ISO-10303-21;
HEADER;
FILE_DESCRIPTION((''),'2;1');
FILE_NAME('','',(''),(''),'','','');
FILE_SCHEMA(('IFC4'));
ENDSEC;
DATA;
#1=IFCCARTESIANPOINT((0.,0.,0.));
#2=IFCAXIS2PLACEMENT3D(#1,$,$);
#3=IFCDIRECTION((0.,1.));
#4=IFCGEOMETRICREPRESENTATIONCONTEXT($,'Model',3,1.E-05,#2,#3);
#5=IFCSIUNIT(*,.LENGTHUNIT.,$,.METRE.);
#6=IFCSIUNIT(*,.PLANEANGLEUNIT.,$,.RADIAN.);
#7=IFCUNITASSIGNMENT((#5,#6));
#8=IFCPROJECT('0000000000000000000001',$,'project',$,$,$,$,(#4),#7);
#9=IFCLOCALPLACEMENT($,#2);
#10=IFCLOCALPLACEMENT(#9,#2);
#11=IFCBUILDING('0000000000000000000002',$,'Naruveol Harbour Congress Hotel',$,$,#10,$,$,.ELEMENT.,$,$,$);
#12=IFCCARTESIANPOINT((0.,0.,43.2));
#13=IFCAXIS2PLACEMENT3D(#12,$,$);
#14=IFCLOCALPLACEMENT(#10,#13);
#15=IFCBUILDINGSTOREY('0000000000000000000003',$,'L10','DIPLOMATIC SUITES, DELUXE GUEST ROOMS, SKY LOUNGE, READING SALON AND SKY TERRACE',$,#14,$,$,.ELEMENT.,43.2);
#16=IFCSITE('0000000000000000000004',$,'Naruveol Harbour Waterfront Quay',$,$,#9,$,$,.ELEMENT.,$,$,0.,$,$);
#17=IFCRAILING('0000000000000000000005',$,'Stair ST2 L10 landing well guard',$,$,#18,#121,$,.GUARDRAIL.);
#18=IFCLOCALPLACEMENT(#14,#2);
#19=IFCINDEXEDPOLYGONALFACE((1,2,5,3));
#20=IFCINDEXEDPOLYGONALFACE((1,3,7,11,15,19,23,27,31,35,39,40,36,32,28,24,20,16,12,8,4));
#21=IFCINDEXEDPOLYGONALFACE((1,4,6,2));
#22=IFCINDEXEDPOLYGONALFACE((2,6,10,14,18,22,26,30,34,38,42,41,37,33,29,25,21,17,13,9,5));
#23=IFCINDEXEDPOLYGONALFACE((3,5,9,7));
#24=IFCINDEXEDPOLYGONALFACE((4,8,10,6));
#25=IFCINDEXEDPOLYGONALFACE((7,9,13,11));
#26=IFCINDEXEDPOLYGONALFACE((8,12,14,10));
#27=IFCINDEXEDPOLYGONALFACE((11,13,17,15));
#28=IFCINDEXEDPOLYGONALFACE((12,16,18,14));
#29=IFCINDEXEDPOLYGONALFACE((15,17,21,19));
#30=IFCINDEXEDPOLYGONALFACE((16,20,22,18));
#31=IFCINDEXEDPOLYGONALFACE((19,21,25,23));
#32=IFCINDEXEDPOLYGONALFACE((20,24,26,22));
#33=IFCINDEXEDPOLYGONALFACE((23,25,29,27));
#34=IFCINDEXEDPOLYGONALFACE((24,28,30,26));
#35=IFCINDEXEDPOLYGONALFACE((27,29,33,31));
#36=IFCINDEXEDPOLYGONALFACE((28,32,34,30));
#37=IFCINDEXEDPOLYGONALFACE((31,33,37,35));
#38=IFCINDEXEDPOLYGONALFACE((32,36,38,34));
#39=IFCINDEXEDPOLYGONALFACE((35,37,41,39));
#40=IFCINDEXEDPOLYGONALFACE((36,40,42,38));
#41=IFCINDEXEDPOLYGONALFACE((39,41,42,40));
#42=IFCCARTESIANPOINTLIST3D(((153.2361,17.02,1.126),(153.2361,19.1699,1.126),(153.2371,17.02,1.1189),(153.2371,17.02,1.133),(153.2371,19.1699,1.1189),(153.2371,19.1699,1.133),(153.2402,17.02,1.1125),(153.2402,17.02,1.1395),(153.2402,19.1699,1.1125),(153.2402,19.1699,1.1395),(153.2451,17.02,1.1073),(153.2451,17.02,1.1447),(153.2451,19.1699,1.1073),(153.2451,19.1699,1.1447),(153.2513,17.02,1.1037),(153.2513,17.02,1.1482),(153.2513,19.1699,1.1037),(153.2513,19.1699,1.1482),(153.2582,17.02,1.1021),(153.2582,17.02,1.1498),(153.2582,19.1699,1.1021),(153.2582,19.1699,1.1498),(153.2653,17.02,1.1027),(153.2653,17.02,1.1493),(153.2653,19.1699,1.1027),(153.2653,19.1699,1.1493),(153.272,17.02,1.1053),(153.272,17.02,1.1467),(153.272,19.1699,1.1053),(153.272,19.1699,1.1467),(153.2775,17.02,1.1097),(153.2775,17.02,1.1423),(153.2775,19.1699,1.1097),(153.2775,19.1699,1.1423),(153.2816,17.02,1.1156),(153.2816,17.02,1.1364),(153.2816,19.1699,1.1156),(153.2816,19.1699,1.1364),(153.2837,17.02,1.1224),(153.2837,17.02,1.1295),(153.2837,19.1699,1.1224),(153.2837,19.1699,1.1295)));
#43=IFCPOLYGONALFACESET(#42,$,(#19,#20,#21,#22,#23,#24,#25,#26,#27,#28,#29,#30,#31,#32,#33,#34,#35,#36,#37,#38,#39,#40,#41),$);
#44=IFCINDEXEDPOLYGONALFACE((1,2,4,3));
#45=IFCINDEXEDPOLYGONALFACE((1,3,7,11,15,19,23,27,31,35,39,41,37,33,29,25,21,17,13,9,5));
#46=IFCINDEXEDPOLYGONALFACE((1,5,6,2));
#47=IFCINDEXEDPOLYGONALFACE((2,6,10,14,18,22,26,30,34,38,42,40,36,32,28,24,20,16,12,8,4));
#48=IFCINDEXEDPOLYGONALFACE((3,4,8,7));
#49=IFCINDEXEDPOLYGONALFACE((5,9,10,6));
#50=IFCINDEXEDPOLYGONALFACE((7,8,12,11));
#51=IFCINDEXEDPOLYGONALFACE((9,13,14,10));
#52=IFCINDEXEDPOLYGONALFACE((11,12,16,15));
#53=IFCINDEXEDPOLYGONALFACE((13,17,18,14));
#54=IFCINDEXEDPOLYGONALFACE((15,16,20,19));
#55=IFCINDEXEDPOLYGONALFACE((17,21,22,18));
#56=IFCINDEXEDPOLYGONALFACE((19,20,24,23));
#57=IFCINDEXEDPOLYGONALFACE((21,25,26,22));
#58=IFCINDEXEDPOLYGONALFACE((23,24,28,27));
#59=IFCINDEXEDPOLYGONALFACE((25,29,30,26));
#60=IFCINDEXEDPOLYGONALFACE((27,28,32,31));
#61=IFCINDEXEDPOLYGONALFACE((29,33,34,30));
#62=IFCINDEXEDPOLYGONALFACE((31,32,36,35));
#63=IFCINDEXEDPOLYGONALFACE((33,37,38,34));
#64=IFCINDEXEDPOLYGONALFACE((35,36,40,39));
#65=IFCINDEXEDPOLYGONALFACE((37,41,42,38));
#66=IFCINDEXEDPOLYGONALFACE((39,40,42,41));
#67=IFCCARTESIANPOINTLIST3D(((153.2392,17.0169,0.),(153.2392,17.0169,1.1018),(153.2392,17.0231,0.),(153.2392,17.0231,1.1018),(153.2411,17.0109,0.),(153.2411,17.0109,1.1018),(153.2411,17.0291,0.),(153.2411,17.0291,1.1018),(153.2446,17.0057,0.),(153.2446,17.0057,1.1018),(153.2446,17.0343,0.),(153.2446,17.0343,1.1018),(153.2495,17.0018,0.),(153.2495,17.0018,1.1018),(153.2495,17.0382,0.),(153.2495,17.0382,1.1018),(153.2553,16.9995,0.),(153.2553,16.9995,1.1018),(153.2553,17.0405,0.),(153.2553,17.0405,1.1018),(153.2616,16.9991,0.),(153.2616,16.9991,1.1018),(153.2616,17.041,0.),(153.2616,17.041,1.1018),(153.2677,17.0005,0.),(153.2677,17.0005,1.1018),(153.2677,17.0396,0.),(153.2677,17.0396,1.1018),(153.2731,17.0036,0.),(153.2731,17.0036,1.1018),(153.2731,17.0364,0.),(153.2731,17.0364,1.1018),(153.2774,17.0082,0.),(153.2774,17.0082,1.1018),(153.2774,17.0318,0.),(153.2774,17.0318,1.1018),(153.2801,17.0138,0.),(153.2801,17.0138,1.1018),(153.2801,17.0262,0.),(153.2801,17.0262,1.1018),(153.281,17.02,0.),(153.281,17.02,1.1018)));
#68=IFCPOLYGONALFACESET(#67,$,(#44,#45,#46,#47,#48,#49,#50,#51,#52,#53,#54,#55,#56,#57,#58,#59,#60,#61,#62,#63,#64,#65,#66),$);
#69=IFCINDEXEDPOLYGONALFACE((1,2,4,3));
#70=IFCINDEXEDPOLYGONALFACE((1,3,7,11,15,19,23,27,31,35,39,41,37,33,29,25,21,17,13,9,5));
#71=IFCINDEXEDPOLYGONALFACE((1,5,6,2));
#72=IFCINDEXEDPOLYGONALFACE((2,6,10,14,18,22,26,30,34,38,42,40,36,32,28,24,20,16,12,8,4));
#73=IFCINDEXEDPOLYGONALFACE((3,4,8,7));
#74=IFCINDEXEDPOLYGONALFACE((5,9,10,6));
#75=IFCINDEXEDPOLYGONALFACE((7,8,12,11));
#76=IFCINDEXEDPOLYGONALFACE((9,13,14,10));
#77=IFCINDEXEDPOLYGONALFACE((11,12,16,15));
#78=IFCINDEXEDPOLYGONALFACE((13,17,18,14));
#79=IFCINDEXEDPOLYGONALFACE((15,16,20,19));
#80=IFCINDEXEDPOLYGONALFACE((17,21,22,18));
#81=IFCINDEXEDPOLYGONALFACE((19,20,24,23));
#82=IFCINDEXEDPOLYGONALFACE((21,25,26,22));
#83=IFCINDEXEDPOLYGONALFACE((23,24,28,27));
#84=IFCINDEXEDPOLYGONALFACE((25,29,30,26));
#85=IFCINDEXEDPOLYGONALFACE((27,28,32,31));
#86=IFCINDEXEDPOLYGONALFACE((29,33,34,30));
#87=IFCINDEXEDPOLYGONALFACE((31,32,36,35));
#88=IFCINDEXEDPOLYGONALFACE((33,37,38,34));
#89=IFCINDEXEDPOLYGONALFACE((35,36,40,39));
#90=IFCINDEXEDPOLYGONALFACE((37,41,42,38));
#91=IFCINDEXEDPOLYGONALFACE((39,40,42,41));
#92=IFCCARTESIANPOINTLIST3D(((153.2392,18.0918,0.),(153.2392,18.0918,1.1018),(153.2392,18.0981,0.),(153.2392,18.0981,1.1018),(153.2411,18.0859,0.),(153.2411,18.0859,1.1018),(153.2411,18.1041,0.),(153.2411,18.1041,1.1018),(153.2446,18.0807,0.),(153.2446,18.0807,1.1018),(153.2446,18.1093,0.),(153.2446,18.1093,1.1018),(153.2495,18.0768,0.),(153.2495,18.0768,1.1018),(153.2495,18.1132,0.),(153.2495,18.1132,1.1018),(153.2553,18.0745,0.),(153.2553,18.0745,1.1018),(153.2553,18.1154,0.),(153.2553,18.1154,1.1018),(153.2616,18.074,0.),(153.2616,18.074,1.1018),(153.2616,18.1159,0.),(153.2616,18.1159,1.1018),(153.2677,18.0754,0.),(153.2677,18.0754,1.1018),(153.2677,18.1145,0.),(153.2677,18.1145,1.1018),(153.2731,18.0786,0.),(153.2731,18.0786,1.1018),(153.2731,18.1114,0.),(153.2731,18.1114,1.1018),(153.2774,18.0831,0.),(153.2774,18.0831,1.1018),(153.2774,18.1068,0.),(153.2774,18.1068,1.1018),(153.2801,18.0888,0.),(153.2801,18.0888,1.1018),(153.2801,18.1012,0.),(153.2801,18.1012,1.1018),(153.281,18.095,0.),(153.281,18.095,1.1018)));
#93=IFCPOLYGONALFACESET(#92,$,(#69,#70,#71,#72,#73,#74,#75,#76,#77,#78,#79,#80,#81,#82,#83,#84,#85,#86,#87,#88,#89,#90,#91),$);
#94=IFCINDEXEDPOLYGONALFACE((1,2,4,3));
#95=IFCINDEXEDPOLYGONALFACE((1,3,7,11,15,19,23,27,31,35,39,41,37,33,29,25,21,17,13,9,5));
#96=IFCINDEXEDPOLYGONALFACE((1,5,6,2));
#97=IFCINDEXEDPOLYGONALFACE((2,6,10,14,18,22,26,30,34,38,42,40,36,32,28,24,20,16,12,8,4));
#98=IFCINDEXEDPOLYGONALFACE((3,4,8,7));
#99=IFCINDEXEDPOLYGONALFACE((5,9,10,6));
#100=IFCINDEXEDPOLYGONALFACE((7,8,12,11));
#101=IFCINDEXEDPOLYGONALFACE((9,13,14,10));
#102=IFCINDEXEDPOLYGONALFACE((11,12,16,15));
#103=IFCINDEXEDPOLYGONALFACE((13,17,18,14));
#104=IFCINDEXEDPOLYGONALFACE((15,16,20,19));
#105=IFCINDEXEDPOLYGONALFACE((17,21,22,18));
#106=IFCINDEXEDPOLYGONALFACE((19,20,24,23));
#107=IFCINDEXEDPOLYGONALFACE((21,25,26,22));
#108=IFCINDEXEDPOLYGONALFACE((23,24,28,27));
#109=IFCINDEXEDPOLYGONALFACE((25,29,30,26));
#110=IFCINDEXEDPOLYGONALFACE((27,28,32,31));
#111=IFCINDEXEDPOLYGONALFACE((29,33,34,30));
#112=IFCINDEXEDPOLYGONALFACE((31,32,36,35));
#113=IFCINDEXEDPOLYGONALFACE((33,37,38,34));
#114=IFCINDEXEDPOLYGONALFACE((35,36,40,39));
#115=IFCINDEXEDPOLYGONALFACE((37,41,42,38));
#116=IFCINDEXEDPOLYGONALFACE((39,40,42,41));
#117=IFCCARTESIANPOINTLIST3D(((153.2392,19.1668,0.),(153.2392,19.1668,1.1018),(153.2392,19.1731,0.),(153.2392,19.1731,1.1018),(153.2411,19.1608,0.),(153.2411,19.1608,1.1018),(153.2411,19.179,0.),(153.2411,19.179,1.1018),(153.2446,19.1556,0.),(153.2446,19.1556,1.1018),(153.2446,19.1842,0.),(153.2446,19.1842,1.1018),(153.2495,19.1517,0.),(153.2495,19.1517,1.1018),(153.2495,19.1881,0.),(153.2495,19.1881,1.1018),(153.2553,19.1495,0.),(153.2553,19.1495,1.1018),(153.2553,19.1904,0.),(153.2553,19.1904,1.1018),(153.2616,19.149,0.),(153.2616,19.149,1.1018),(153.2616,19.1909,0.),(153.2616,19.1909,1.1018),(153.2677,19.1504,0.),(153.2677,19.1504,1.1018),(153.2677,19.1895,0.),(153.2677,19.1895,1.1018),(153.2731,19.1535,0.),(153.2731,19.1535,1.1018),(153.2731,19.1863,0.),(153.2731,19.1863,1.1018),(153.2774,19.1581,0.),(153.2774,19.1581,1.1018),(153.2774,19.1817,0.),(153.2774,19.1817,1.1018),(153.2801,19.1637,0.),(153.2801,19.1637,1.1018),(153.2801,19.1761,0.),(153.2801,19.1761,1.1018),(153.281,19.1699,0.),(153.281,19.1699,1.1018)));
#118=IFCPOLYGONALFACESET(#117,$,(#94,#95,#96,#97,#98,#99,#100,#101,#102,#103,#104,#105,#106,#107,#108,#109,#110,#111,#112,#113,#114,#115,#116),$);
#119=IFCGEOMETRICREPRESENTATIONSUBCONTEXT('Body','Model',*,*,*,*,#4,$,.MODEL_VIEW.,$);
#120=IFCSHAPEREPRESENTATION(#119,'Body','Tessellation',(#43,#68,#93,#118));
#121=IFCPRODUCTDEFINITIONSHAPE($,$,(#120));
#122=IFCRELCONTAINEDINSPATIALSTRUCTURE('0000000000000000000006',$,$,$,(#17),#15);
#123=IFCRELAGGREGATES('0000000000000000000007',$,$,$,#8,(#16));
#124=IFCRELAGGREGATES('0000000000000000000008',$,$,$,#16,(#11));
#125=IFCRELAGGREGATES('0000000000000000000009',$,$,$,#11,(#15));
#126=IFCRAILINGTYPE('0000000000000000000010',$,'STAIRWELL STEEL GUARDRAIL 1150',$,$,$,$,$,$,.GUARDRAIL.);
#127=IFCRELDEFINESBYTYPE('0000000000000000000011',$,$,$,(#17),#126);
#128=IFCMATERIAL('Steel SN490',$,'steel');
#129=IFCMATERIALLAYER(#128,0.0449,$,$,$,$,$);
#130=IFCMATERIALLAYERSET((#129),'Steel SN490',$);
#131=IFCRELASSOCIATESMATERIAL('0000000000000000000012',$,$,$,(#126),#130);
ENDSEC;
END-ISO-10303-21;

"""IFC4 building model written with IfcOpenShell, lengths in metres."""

from ifc_helpers import new_model, si_unit, direction, frame, origin, origin_2d, place, context, subcontext, project, spatial, circle, extrude, material, layer, layer_set, type_object, element, save


model = new_model("IFC4")

# Units and contexts
model_context = context("Model", 3, precision=1e-05, world=origin(), true_north=direction((0.0, 1.0)))
body_context = subcontext(model_context, "Body", "Model", "MODEL_VIEW")
ifc_project = project(units=[si_unit("LENGTHUNIT", "METRE"), si_unit("PLANEANGLEUNIT", "RADIAN")], contexts=[model_context])

# Site, building, storey
site_placement = place(None, origin())
site = spatial("IfcSite", under=ifc_project, at=site_placement, Name="Naruveol Harbour Waterfront Quay", CompositionType="ELEMENT", RefElevation=0.0)
building_placement = place(site_placement, origin())
building = spatial("IfcBuilding", under=site, at=building_placement, Name="Naruveol Harbour Congress Hotel", CompositionType="ELEMENT")
storey_placement = place(building_placement, frame((0.0, 0.0, 43.2)))
storey = spatial("IfcBuildingStorey", under=building, at=storey_placement, Name="L10", Description="DIPLOMATIC SUITES, DELUXE GUEST ROOMS, SKY LOUNGE, READING SALON AND SKY TERRACE", CompositionType="ELEMENT", Elevation=43.2)

# Railing
ifc_material_1 = material(Name="Steel SN490", Category="steel")
ifc_layer_1 = layer(ifc_material_1, 0.0449)
ifc_layer_set_1 = layer_set([ifc_layer_1], Name="Steel SN490")
railing_type_1 = type_object("IfcRailingType", Name="STAIRWELL STEEL GUARDRAIL 1150", PredefinedType="GUARDRAIL", material=ifc_layer_set_1)
railing_1_placement = place(storey_placement, frame((153.26, 17.02, 0.0)))
element("IfcRailing", 1, at=railing_1_placement, inside=storey, type_object=railing_type_1, Name="Stair ST2 L10 landing well guard", PredefinedType="GUARDRAIL", context=body_context, shape_type="SweptSolid", body=[
    extrude(circle(Radius=0.0239, at=origin_2d()), frame((0.0, 0.0, 1.126), z_axis=(0.0, 1.0, 0.0), x_axis=(-1.0, 0.0, 0.0)), (0.0, 0.0, 1.0), 2.1499),
    extrude(circle(Radius=0.021, at=origin_2d()), origin(), (0.0, 0.0, 1.0), 1.1018),
    extrude(circle(Radius=0.021, at=origin_2d()), frame((0.0, 1.075, 0.0)), (0.0, 0.0, 1.0), 1.1018),
    extrude(circle(Radius=0.021, at=origin_2d()), frame((0.0, 2.1499, 0.0)), (0.0, 0.0, 1.0), 1.1018),
])

save(model, "model.ifc")
